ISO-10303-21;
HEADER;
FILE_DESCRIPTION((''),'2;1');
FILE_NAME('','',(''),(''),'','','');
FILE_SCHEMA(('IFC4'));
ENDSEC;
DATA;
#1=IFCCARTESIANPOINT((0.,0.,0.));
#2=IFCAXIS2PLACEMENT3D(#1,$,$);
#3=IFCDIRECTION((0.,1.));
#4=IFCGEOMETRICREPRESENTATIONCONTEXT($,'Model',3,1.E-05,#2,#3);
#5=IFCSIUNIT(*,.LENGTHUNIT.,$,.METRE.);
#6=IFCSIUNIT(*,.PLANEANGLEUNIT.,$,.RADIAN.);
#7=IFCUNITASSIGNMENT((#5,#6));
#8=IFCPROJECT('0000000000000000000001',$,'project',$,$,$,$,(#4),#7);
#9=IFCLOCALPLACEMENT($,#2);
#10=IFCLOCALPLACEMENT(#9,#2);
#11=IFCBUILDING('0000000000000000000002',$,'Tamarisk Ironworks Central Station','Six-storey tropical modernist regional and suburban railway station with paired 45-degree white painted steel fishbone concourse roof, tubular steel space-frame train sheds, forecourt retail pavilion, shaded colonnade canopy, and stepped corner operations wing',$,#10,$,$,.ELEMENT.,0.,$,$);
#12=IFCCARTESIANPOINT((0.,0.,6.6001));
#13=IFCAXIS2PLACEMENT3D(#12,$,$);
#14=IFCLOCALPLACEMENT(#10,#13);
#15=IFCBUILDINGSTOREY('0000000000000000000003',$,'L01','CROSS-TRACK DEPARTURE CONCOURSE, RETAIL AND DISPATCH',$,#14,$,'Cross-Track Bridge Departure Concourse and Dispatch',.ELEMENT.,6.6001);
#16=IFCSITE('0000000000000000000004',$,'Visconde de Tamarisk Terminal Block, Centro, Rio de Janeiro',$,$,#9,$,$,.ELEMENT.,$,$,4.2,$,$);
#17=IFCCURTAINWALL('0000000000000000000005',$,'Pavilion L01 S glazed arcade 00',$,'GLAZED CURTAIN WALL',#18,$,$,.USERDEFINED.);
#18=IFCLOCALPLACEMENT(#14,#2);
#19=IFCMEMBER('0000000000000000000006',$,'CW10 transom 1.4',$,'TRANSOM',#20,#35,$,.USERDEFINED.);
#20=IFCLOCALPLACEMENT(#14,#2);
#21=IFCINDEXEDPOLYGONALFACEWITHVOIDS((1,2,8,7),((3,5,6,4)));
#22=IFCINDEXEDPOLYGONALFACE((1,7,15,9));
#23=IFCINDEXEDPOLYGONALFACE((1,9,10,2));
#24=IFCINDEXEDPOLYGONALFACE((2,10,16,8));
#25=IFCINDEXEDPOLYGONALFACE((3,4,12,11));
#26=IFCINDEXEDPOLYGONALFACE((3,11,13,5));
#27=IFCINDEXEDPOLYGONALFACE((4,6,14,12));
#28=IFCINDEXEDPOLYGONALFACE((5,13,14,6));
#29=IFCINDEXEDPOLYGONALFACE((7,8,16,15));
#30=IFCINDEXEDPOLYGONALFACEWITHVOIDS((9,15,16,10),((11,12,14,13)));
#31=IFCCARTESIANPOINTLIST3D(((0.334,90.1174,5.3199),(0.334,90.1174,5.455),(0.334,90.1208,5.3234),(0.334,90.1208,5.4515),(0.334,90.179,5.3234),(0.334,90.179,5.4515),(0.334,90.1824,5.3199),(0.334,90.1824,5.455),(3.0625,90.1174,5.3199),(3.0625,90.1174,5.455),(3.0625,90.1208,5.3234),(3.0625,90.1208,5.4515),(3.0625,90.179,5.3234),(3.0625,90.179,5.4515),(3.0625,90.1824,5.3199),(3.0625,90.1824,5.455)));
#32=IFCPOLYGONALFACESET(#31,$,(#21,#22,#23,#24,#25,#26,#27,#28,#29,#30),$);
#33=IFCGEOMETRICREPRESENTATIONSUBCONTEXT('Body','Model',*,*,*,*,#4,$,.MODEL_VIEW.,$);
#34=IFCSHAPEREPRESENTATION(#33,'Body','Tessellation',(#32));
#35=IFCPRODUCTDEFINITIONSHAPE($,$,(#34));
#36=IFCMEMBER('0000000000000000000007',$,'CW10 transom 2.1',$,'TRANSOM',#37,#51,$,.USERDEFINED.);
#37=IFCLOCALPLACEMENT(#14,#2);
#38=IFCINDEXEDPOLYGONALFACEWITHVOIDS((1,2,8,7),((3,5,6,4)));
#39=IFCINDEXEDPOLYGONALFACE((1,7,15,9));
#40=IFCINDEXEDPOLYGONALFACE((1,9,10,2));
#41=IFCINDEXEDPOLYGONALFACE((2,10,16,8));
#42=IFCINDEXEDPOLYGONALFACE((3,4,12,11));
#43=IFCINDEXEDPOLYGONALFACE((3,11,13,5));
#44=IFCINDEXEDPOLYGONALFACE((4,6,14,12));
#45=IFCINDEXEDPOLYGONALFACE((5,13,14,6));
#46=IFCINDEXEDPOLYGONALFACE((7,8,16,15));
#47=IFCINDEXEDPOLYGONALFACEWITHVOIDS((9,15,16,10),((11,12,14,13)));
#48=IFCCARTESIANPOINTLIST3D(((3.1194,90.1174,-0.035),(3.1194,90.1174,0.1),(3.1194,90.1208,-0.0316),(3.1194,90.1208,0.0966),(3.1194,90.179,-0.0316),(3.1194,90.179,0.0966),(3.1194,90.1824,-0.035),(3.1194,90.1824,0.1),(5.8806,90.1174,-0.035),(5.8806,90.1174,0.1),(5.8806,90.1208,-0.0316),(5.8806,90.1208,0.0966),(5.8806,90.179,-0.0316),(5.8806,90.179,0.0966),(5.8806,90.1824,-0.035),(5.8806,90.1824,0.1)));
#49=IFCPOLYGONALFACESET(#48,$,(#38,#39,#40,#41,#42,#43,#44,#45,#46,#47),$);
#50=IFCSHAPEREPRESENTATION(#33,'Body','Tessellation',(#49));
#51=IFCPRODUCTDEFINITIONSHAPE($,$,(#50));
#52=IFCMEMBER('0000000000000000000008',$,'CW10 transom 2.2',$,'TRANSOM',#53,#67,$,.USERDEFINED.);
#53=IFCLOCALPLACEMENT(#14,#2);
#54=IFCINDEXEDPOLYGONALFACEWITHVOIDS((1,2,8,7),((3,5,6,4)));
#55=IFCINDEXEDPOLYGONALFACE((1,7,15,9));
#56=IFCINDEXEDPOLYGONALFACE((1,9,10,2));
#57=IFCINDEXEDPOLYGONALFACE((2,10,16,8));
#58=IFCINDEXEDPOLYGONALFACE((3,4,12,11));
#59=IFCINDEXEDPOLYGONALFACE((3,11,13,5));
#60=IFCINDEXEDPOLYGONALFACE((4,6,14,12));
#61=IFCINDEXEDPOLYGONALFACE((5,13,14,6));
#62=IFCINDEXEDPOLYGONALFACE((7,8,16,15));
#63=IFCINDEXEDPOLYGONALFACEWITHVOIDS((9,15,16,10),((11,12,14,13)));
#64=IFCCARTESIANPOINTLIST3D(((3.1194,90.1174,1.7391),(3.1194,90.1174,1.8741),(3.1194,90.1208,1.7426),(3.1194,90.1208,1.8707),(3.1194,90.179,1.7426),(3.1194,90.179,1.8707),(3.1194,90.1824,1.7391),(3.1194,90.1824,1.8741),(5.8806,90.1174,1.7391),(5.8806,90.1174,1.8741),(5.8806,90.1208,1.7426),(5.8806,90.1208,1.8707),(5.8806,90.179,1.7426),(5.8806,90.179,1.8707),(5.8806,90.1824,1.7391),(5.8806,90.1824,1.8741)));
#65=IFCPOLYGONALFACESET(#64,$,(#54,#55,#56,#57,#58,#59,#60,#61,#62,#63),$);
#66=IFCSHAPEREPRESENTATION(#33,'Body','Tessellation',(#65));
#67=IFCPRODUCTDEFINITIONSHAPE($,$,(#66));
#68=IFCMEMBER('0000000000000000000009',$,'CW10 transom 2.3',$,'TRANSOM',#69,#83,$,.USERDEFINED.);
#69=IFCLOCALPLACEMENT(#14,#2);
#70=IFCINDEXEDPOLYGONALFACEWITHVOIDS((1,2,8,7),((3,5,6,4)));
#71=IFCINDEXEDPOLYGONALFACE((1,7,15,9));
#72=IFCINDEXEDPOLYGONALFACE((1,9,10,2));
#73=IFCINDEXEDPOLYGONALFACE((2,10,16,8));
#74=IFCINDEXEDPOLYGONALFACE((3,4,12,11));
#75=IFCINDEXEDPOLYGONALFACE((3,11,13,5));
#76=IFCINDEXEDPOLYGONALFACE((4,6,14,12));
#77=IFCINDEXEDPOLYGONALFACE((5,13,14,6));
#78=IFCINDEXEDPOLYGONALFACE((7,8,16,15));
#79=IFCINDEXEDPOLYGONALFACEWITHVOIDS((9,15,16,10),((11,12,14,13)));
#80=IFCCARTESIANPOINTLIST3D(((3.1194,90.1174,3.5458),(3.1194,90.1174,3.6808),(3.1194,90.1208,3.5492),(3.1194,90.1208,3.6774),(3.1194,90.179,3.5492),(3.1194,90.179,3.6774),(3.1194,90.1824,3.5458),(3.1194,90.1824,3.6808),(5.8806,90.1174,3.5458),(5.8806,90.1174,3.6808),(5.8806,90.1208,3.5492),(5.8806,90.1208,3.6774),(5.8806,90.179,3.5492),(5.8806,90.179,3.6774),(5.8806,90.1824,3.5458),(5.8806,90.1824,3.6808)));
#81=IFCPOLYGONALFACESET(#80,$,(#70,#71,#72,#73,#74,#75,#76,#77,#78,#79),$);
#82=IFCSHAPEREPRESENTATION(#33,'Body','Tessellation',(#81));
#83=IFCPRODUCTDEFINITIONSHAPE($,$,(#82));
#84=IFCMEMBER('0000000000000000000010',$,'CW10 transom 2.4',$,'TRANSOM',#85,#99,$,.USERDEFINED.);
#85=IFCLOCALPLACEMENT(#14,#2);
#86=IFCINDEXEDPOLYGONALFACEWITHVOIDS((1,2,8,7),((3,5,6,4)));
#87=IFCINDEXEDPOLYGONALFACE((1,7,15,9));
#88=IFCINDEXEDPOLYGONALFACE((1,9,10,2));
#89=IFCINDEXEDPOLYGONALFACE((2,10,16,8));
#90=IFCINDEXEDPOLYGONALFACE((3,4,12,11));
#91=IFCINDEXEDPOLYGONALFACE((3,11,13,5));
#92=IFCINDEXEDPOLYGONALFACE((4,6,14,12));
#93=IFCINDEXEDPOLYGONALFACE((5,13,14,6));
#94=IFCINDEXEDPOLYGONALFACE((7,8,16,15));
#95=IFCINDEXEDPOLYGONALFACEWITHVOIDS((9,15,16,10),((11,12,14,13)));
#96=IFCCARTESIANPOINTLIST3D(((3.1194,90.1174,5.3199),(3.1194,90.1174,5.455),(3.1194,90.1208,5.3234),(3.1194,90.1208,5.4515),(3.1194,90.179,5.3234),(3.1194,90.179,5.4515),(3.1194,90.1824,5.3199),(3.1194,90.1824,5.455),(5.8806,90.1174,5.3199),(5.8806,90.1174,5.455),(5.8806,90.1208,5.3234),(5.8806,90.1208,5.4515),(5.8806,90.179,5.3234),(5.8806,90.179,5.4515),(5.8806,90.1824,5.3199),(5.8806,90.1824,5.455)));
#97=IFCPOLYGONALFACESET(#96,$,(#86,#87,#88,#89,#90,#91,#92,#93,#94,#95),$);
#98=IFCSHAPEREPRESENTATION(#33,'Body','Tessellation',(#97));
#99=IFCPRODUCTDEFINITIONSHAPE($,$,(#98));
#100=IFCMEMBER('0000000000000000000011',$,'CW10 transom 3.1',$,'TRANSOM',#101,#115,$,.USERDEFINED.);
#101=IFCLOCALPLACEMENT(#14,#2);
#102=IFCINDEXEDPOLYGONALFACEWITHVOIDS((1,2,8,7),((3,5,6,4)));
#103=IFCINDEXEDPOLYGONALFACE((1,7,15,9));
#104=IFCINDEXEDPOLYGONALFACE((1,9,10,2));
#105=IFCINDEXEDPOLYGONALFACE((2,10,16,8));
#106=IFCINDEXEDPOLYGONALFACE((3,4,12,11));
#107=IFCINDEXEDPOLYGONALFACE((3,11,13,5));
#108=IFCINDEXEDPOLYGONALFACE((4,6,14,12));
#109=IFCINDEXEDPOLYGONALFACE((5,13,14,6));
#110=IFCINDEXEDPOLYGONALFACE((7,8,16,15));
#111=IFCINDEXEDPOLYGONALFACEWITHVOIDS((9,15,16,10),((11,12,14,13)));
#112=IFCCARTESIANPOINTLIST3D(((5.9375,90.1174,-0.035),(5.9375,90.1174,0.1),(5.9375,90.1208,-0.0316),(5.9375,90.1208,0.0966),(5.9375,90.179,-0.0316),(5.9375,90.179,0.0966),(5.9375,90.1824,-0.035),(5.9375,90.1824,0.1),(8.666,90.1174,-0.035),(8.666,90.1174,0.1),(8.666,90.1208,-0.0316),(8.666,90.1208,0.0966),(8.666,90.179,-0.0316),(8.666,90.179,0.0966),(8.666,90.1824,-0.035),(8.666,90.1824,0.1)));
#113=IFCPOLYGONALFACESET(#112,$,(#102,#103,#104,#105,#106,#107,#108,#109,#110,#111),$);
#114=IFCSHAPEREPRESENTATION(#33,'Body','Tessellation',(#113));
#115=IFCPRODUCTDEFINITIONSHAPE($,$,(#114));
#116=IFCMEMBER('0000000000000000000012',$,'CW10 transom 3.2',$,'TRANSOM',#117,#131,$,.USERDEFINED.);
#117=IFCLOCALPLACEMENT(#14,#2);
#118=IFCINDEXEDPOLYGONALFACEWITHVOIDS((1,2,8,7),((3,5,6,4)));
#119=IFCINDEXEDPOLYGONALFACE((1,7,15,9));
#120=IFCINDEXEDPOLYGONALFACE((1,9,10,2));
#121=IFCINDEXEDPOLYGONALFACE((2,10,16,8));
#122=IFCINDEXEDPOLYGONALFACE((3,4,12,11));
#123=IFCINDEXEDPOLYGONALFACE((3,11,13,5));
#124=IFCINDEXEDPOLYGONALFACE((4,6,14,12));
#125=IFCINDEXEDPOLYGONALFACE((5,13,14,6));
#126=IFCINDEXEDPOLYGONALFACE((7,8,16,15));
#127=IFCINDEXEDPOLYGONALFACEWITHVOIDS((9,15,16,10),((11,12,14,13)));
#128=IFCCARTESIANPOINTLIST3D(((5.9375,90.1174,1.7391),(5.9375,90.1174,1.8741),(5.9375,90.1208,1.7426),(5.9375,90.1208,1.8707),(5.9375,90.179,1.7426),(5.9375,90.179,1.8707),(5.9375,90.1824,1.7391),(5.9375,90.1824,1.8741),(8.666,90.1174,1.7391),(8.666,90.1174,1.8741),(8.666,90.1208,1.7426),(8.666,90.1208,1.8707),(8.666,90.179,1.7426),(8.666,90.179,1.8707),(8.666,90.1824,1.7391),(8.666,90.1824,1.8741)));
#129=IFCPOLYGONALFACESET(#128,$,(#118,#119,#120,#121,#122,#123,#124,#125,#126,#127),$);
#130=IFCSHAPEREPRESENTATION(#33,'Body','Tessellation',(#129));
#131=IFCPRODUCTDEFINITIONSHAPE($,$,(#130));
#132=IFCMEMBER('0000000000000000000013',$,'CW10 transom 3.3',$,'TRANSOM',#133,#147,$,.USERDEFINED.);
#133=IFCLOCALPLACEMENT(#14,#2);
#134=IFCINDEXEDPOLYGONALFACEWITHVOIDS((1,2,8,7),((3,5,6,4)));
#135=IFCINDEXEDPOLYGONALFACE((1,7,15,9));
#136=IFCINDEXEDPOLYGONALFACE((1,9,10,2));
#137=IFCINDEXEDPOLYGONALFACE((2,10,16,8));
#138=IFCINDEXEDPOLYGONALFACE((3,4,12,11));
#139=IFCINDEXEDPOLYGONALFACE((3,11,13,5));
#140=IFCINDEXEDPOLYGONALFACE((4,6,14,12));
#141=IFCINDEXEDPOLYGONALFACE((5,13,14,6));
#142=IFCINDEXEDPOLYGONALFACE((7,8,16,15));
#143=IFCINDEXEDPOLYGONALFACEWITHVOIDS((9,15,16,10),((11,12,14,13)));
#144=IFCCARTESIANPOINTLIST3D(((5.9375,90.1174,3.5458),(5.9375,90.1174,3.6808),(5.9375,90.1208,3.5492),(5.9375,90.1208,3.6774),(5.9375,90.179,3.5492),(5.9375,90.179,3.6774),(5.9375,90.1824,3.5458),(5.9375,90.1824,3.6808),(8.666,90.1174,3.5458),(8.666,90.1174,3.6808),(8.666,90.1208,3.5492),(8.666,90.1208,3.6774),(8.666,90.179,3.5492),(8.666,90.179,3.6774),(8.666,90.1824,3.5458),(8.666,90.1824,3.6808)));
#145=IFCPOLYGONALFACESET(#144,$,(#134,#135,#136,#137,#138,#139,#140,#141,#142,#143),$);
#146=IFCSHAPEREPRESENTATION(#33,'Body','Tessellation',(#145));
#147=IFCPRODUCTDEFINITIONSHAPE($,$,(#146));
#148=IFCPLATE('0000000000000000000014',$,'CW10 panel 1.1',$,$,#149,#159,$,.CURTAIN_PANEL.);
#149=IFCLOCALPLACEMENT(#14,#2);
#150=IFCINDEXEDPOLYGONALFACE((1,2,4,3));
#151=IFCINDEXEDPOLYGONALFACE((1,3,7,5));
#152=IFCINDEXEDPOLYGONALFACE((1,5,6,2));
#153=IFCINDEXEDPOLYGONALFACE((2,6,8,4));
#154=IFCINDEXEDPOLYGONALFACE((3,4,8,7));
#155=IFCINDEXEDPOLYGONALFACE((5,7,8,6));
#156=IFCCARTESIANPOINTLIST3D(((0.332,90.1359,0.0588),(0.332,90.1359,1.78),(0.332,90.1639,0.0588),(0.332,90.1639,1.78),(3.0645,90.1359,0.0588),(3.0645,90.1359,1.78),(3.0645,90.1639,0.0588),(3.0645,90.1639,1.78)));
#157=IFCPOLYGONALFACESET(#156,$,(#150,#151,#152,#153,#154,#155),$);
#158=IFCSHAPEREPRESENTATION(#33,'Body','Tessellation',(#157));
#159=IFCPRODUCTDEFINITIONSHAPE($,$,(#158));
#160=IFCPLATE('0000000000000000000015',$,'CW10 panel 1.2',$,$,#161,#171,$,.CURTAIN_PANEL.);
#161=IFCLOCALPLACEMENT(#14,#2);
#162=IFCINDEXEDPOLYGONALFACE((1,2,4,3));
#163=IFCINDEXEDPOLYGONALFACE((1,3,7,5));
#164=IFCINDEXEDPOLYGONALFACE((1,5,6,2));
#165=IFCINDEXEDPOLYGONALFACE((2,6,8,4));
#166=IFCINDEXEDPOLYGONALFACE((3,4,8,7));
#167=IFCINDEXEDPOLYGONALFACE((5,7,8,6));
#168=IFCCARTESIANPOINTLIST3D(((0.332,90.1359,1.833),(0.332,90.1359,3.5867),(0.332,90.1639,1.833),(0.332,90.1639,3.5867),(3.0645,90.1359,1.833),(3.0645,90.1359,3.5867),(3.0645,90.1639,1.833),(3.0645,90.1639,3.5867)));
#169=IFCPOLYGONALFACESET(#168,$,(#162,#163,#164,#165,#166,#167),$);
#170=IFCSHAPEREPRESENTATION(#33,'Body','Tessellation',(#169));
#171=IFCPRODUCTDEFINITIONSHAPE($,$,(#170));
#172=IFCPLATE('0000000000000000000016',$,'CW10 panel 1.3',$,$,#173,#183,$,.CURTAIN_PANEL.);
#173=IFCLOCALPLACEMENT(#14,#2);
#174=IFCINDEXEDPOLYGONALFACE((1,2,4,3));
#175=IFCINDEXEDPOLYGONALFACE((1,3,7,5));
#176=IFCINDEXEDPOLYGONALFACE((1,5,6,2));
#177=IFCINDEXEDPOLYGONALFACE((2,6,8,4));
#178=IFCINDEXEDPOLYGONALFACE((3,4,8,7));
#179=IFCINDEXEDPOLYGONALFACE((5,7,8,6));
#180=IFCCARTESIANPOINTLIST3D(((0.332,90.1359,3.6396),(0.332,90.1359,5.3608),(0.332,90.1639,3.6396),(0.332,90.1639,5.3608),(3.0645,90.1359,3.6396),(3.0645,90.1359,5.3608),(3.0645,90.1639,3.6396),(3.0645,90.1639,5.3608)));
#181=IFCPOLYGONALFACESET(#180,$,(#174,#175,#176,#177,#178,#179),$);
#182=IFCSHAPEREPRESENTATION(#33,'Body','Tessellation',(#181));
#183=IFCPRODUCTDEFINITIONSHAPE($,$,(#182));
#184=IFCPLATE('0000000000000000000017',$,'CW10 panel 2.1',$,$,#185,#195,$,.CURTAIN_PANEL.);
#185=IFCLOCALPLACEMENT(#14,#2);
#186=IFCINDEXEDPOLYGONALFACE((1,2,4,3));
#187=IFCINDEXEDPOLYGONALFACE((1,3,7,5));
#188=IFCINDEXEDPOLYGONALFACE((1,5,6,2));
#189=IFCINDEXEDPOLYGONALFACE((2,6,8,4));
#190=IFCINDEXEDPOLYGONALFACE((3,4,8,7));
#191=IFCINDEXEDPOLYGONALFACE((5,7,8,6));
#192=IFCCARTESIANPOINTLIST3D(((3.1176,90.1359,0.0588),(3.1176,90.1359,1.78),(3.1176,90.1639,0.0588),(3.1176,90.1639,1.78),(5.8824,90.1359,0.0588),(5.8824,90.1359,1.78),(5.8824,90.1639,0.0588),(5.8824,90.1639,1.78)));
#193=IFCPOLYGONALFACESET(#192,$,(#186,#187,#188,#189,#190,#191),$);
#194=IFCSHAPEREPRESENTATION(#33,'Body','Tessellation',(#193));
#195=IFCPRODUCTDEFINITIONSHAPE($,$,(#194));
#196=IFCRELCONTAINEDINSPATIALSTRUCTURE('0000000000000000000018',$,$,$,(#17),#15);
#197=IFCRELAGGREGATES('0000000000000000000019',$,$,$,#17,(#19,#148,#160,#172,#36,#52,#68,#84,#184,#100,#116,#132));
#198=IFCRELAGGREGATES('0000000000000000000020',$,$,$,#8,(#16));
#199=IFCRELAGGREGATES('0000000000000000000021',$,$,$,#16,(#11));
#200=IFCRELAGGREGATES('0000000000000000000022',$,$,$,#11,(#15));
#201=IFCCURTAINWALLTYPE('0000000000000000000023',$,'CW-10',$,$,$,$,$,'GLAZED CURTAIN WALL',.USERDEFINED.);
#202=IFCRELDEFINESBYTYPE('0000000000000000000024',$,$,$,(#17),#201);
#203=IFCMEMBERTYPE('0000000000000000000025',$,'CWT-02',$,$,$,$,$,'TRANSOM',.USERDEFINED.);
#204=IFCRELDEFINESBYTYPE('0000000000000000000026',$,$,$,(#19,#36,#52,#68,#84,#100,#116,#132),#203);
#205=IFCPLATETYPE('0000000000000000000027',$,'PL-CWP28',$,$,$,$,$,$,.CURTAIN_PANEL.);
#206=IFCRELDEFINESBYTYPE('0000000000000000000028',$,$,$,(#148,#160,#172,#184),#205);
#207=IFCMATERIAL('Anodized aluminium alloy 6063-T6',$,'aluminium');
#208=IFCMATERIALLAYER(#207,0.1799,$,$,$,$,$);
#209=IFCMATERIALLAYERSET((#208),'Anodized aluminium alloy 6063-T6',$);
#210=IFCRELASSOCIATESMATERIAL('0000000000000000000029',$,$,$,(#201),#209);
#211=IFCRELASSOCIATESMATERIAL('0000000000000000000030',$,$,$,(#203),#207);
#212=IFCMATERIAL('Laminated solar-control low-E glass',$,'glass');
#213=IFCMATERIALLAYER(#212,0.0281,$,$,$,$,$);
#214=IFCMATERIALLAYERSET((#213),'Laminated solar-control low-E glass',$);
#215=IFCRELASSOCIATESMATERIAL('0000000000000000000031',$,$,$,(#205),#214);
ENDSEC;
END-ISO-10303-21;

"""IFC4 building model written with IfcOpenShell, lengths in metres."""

from ifc_helpers import new_model, si_unit, direction, frame, origin, origin_2d, place, context, subcontext, project, spatial, rectangle, hollow_rectangle, extrude, material, layer, layer_set, material_profile, profile_set, type_object, element, aggregate, save


model = new_model("IFC4")

# Units and contexts
model_context = context("Model", 3, precision=1e-05, world=origin(), true_north=direction((0.0, 1.0)))
body_context = subcontext(model_context, "Body", "Model", "MODEL_VIEW")
ifc_project = project(units=[si_unit("LENGTHUNIT", "METRE"), si_unit("PLANEANGLEUNIT", "RADIAN")], contexts=[model_context])

# Site, building, storey
site_placement = place(None, origin())
site = spatial("IfcSite", under=ifc_project, at=site_placement, Name="Visconde de Tamarisk Terminal Block, Centro, Rio de Janeiro", CompositionType="ELEMENT", RefElevation=4.2)
building_placement = place(site_placement, origin())
building = spatial("IfcBuilding", under=site, at=building_placement, Name="Tamarisk Ironworks Central Station", Description="Six-storey tropical modernist regional and suburban railway station with paired 45-degree white painted steel fishbone concourse roof, tubular steel space-frame train sheds, forecourt retail pavilion, shaded colonnade canopy, and stepped corner operations wing", CompositionType="ELEMENT", ElevationOfRefHeight=0.0)
storey_placement = place(building_placement, frame((0.0, 0.0, 6.6001)))
storey = spatial("IfcBuildingStorey", under=building, at=storey_placement, Name="L01", Description="CROSS-TRACK DEPARTURE CONCOURSE, RETAIL AND DISPATCH", LongName="Cross-Track Bridge Departure Concourse and Dispatch", CompositionType="ELEMENT", Elevation=6.6001)

# Curtain wall, members, plates
ifc_material_1 = material(Name="Anodized aluminium alloy 6063-T6", Category="aluminium")
ifc_layer_1 = layer(ifc_material_1, 0.1799)
ifc_layer_set_1 = layer_set([ifc_layer_1], Name="Anodized aluminium alloy 6063-T6")
curtain_wall_type = type_object("IfcCurtainWallType", Name="CW-10", ElementType="GLAZED CURTAIN WALL", PredefinedType="USERDEFINED", material=ifc_layer_set_1)
curtain_wall_placement = place(storey_placement, origin())
curtain_wall = element("IfcCurtainWall", 1, at=curtain_wall_placement, inside=storey, type_object=curtain_wall_type, Name="Pavilion L01 S glazed arcade 00", ObjectType="GLAZED CURTAIN WALL", PredefinedType="USERDEFINED")
ifc_material_profile_1 = material_profile(ifc_material_1, hollow_rectangle(XDim=0.0649, YDim=0.135, WallThickness=0.0034, at=origin_2d()), Name="ALUM 135x65")
ifc_profile_set_1 = profile_set([ifc_material_profile_1], Name="Anodized aluminium alloy 6063-T6")
member_type_1 = type_object("IfcMemberType", Name="CWT-02", ElementType="TRANSOM", PredefinedType="USERDEFINED", material=ifc_profile_set_1)
member_1_placement = place(storey_placement, frame((0.334, 90.1499, 5.3875), z_axis=(1.0, 0.0, 0.0), x_axis=(0.0, 1.0, 0.0)))
member_1 = element("IfcMember", 2, at=member_1_placement, type_object=member_type_1, Name="CW10 transom 1.4", ObjectType="TRANSOM", PredefinedType="USERDEFINED", context=body_context, shape_type="SweptSolid", body=[
    extrude(hollow_rectangle(XDim=0.0649, YDim=0.135, WallThickness=0.0034, at=origin_2d()), origin(), (0.0, 0.0, 1.0), 2.7285),
])
member_2_placement = place(storey_placement, frame((3.1194, 90.1499, 0.0325), z_axis=(1.0, 0.0, 0.0), x_axis=(0.0, 1.0, 0.0)))
member_2 = element("IfcMember", 3, at=member_2_placement, type_object=member_type_1, Name="CW10 transom 2.1", ObjectType="TRANSOM", PredefinedType="USERDEFINED", context=body_context, shape_type="SweptSolid", body=[
    extrude(hollow_rectangle(XDim=0.0649, YDim=0.135, WallThickness=0.0034, at=origin_2d()), origin(), (0.0, 0.0, 1.0), 2.7612),
])
member_3_placement = place(storey_placement, frame((3.1194, 90.1499, 1.8066), z_axis=(1.0, 0.0, 0.0), x_axis=(0.0, 1.0, 0.0)))
member_3 = element("IfcMember", 4, at=member_3_placement, type_object=member_type_1, Name="CW10 transom 2.2", ObjectType="TRANSOM", PredefinedType="USERDEFINED", context=body_context, shape_type="SweptSolid", body=[
    extrude(hollow_rectangle(XDim=0.0649, YDim=0.135, WallThickness=0.0034, at=origin_2d()), origin(), (0.0, 0.0, 1.0), 2.7612),
])
member_4_placement = place(storey_placement, frame((3.1194, 90.1499, 3.6133), z_axis=(1.0, 0.0, 0.0), x_axis=(0.0, 1.0, 0.0)))
member_4 = element("IfcMember", 5, at=member_4_placement, type_object=member_type_1, Name="CW10 transom 2.3", ObjectType="TRANSOM", PredefinedType="USERDEFINED", context=body_context, shape_type="SweptSolid", body=[
    extrude(hollow_rectangle(XDim=0.0649, YDim=0.135, WallThickness=0.0034, at=origin_2d()), origin(), (0.0, 0.0, 1.0), 2.7612),
])
member_5_placement = place(storey_placement, frame((3.1194, 90.1499, 5.3875), z_axis=(1.0, 0.0, 0.0), x_axis=(0.0, 1.0, 0.0)))
member_5 = element("IfcMember", 6, at=member_5_placement, type_object=member_type_1, Name="CW10 transom 2.4", ObjectType="TRANSOM", PredefinedType="USERDEFINED", context=body_context, shape_type="SweptSolid", body=[
    extrude(hollow_rectangle(XDim=0.0649, YDim=0.135, WallThickness=0.0034, at=origin_2d()), origin(), (0.0, 0.0, 1.0), 2.7612),
])
member_6_placement = place(storey_placement, frame((5.9375, 90.1499, 0.0325), z_axis=(1.0, 0.0, 0.0), x_axis=(0.0, 1.0, 0.0)))
member_6 = element("IfcMember", 7, at=member_6_placement, type_object=member_type_1, Name="CW10 transom 3.1", ObjectType="TRANSOM", PredefinedType="USERDEFINED", context=body_context, shape_type="SweptSolid", body=[
    extrude(hollow_rectangle(XDim=0.0649, YDim=0.135, WallThickness=0.0034, at=origin_2d()), origin(), (0.0, 0.0, 1.0), 2.7285),
])
member_7_placement = place(storey_placement, frame((5.9375, 90.1499, 1.8066), z_axis=(1.0, 0.0, 0.0), x_axis=(0.0, 1.0, 0.0)))
member_7 = element("IfcMember", 8, at=member_7_placement, type_object=member_type_1, Name="CW10 transom 3.2", ObjectType="TRANSOM", PredefinedType="USERDEFINED", context=body_context, shape_type="SweptSolid", body=[
    extrude(hollow_rectangle(XDim=0.0649, YDim=0.135, WallThickness=0.0034, at=origin_2d()), origin(), (0.0, 0.0, 1.0), 2.7285),
])
member_8_placement = place(storey_placement, frame((5.9375, 90.1499, 3.6133), z_axis=(1.0, 0.0, 0.0), x_axis=(0.0, 1.0, 0.0)))
member_8 = element("IfcMember", 9, at=member_8_placement, type_object=member_type_1, Name="CW10 transom 3.3", ObjectType="TRANSOM", PredefinedType="USERDEFINED", context=body_context, shape_type="SweptSolid", body=[
    extrude(hollow_rectangle(XDim=0.0649, YDim=0.135, WallThickness=0.0034, at=origin_2d()), origin(), (0.0, 0.0, 1.0), 2.7285),
])
ifc_material_2 = material(Name="Laminated solar-control low-E glass", Category="glass")
ifc_layer_2 = layer(ifc_material_2, 0.0281)
ifc_layer_set_2 = layer_set([ifc_layer_2], Name="Laminated solar-control low-E glass")
plate_type = type_object("IfcPlateType", Name="PL-CWP28", PredefinedType="CURTAIN_PANEL", material=ifc_layer_set_2)
plate_1_placement = place(storey_placement, frame((1.6982, 90.1499, 0.0588), z_axis=(0.0, 0.0, 1.0), x_axis=(1.0, 0.0, 0.0)))
plate_1 = element("IfcPlate", 10, at=plate_1_placement, type_object=plate_type, Name="CW10 panel 1.1", PredefinedType="CURTAIN_PANEL", context=body_context, shape_type="SweptSolid", body=[
    extrude(rectangle(XDim=2.7324, YDim=0.0281, at=origin_2d()), origin(), (0.0, 0.0, 1.0), 1.7212),
])
plate_2_placement = place(storey_placement, frame((1.6982, 90.1499, 1.833), z_axis=(0.0, 0.0, 1.0), x_axis=(1.0, 0.0, 0.0)))
plate_2 = element("IfcPlate", 11, at=plate_2_placement, type_object=plate_type, Name="CW10 panel 1.2", PredefinedType="CURTAIN_PANEL", context=body_context, shape_type="SweptSolid", body=[
    extrude(rectangle(XDim=2.7324, YDim=0.0281, at=origin_2d()), origin(), (0.0, 0.0, 1.0), 1.7537),
])
plate_3_placement = place(storey_placement, frame((1.6982, 90.1499, 3.6396), z_axis=(0.0, 0.0, 1.0), x_axis=(1.0, 0.0, 0.0)))
plate_3 = element("IfcPlate", 12, at=plate_3_placement, type_object=plate_type, Name="CW10 panel 1.3", PredefinedType="CURTAIN_PANEL", context=body_context, shape_type="SweptSolid", body=[
    extrude(rectangle(XDim=2.7324, YDim=0.0281, at=origin_2d()), origin(), (0.0, 0.0, 1.0), 1.7212),
])
plate_4_placement = place(storey_placement, frame((4.5, 90.1499, 0.0588), z_axis=(0.0, 0.0, 1.0), x_axis=(1.0, 0.0, 0.0)))
plate_4 = element("IfcPlate", 13, at=plate_4_placement, type_object=plate_type, Name="CW10 panel 2.1", PredefinedType="CURTAIN_PANEL", context=body_context, shape_type="SweptSolid", body=[
    extrude(rectangle(XDim=2.7649, YDim=0.0281, at=origin_2d()), origin(), (0.0, 0.0, 1.0), 1.7212),
])
aggregate(curtain_wall, [member_1, plate_1, plate_2, plate_3, member_2, member_3, member_4, member_5, plate_4, member_6, member_7, member_8])

save(model, "model.ifc")
